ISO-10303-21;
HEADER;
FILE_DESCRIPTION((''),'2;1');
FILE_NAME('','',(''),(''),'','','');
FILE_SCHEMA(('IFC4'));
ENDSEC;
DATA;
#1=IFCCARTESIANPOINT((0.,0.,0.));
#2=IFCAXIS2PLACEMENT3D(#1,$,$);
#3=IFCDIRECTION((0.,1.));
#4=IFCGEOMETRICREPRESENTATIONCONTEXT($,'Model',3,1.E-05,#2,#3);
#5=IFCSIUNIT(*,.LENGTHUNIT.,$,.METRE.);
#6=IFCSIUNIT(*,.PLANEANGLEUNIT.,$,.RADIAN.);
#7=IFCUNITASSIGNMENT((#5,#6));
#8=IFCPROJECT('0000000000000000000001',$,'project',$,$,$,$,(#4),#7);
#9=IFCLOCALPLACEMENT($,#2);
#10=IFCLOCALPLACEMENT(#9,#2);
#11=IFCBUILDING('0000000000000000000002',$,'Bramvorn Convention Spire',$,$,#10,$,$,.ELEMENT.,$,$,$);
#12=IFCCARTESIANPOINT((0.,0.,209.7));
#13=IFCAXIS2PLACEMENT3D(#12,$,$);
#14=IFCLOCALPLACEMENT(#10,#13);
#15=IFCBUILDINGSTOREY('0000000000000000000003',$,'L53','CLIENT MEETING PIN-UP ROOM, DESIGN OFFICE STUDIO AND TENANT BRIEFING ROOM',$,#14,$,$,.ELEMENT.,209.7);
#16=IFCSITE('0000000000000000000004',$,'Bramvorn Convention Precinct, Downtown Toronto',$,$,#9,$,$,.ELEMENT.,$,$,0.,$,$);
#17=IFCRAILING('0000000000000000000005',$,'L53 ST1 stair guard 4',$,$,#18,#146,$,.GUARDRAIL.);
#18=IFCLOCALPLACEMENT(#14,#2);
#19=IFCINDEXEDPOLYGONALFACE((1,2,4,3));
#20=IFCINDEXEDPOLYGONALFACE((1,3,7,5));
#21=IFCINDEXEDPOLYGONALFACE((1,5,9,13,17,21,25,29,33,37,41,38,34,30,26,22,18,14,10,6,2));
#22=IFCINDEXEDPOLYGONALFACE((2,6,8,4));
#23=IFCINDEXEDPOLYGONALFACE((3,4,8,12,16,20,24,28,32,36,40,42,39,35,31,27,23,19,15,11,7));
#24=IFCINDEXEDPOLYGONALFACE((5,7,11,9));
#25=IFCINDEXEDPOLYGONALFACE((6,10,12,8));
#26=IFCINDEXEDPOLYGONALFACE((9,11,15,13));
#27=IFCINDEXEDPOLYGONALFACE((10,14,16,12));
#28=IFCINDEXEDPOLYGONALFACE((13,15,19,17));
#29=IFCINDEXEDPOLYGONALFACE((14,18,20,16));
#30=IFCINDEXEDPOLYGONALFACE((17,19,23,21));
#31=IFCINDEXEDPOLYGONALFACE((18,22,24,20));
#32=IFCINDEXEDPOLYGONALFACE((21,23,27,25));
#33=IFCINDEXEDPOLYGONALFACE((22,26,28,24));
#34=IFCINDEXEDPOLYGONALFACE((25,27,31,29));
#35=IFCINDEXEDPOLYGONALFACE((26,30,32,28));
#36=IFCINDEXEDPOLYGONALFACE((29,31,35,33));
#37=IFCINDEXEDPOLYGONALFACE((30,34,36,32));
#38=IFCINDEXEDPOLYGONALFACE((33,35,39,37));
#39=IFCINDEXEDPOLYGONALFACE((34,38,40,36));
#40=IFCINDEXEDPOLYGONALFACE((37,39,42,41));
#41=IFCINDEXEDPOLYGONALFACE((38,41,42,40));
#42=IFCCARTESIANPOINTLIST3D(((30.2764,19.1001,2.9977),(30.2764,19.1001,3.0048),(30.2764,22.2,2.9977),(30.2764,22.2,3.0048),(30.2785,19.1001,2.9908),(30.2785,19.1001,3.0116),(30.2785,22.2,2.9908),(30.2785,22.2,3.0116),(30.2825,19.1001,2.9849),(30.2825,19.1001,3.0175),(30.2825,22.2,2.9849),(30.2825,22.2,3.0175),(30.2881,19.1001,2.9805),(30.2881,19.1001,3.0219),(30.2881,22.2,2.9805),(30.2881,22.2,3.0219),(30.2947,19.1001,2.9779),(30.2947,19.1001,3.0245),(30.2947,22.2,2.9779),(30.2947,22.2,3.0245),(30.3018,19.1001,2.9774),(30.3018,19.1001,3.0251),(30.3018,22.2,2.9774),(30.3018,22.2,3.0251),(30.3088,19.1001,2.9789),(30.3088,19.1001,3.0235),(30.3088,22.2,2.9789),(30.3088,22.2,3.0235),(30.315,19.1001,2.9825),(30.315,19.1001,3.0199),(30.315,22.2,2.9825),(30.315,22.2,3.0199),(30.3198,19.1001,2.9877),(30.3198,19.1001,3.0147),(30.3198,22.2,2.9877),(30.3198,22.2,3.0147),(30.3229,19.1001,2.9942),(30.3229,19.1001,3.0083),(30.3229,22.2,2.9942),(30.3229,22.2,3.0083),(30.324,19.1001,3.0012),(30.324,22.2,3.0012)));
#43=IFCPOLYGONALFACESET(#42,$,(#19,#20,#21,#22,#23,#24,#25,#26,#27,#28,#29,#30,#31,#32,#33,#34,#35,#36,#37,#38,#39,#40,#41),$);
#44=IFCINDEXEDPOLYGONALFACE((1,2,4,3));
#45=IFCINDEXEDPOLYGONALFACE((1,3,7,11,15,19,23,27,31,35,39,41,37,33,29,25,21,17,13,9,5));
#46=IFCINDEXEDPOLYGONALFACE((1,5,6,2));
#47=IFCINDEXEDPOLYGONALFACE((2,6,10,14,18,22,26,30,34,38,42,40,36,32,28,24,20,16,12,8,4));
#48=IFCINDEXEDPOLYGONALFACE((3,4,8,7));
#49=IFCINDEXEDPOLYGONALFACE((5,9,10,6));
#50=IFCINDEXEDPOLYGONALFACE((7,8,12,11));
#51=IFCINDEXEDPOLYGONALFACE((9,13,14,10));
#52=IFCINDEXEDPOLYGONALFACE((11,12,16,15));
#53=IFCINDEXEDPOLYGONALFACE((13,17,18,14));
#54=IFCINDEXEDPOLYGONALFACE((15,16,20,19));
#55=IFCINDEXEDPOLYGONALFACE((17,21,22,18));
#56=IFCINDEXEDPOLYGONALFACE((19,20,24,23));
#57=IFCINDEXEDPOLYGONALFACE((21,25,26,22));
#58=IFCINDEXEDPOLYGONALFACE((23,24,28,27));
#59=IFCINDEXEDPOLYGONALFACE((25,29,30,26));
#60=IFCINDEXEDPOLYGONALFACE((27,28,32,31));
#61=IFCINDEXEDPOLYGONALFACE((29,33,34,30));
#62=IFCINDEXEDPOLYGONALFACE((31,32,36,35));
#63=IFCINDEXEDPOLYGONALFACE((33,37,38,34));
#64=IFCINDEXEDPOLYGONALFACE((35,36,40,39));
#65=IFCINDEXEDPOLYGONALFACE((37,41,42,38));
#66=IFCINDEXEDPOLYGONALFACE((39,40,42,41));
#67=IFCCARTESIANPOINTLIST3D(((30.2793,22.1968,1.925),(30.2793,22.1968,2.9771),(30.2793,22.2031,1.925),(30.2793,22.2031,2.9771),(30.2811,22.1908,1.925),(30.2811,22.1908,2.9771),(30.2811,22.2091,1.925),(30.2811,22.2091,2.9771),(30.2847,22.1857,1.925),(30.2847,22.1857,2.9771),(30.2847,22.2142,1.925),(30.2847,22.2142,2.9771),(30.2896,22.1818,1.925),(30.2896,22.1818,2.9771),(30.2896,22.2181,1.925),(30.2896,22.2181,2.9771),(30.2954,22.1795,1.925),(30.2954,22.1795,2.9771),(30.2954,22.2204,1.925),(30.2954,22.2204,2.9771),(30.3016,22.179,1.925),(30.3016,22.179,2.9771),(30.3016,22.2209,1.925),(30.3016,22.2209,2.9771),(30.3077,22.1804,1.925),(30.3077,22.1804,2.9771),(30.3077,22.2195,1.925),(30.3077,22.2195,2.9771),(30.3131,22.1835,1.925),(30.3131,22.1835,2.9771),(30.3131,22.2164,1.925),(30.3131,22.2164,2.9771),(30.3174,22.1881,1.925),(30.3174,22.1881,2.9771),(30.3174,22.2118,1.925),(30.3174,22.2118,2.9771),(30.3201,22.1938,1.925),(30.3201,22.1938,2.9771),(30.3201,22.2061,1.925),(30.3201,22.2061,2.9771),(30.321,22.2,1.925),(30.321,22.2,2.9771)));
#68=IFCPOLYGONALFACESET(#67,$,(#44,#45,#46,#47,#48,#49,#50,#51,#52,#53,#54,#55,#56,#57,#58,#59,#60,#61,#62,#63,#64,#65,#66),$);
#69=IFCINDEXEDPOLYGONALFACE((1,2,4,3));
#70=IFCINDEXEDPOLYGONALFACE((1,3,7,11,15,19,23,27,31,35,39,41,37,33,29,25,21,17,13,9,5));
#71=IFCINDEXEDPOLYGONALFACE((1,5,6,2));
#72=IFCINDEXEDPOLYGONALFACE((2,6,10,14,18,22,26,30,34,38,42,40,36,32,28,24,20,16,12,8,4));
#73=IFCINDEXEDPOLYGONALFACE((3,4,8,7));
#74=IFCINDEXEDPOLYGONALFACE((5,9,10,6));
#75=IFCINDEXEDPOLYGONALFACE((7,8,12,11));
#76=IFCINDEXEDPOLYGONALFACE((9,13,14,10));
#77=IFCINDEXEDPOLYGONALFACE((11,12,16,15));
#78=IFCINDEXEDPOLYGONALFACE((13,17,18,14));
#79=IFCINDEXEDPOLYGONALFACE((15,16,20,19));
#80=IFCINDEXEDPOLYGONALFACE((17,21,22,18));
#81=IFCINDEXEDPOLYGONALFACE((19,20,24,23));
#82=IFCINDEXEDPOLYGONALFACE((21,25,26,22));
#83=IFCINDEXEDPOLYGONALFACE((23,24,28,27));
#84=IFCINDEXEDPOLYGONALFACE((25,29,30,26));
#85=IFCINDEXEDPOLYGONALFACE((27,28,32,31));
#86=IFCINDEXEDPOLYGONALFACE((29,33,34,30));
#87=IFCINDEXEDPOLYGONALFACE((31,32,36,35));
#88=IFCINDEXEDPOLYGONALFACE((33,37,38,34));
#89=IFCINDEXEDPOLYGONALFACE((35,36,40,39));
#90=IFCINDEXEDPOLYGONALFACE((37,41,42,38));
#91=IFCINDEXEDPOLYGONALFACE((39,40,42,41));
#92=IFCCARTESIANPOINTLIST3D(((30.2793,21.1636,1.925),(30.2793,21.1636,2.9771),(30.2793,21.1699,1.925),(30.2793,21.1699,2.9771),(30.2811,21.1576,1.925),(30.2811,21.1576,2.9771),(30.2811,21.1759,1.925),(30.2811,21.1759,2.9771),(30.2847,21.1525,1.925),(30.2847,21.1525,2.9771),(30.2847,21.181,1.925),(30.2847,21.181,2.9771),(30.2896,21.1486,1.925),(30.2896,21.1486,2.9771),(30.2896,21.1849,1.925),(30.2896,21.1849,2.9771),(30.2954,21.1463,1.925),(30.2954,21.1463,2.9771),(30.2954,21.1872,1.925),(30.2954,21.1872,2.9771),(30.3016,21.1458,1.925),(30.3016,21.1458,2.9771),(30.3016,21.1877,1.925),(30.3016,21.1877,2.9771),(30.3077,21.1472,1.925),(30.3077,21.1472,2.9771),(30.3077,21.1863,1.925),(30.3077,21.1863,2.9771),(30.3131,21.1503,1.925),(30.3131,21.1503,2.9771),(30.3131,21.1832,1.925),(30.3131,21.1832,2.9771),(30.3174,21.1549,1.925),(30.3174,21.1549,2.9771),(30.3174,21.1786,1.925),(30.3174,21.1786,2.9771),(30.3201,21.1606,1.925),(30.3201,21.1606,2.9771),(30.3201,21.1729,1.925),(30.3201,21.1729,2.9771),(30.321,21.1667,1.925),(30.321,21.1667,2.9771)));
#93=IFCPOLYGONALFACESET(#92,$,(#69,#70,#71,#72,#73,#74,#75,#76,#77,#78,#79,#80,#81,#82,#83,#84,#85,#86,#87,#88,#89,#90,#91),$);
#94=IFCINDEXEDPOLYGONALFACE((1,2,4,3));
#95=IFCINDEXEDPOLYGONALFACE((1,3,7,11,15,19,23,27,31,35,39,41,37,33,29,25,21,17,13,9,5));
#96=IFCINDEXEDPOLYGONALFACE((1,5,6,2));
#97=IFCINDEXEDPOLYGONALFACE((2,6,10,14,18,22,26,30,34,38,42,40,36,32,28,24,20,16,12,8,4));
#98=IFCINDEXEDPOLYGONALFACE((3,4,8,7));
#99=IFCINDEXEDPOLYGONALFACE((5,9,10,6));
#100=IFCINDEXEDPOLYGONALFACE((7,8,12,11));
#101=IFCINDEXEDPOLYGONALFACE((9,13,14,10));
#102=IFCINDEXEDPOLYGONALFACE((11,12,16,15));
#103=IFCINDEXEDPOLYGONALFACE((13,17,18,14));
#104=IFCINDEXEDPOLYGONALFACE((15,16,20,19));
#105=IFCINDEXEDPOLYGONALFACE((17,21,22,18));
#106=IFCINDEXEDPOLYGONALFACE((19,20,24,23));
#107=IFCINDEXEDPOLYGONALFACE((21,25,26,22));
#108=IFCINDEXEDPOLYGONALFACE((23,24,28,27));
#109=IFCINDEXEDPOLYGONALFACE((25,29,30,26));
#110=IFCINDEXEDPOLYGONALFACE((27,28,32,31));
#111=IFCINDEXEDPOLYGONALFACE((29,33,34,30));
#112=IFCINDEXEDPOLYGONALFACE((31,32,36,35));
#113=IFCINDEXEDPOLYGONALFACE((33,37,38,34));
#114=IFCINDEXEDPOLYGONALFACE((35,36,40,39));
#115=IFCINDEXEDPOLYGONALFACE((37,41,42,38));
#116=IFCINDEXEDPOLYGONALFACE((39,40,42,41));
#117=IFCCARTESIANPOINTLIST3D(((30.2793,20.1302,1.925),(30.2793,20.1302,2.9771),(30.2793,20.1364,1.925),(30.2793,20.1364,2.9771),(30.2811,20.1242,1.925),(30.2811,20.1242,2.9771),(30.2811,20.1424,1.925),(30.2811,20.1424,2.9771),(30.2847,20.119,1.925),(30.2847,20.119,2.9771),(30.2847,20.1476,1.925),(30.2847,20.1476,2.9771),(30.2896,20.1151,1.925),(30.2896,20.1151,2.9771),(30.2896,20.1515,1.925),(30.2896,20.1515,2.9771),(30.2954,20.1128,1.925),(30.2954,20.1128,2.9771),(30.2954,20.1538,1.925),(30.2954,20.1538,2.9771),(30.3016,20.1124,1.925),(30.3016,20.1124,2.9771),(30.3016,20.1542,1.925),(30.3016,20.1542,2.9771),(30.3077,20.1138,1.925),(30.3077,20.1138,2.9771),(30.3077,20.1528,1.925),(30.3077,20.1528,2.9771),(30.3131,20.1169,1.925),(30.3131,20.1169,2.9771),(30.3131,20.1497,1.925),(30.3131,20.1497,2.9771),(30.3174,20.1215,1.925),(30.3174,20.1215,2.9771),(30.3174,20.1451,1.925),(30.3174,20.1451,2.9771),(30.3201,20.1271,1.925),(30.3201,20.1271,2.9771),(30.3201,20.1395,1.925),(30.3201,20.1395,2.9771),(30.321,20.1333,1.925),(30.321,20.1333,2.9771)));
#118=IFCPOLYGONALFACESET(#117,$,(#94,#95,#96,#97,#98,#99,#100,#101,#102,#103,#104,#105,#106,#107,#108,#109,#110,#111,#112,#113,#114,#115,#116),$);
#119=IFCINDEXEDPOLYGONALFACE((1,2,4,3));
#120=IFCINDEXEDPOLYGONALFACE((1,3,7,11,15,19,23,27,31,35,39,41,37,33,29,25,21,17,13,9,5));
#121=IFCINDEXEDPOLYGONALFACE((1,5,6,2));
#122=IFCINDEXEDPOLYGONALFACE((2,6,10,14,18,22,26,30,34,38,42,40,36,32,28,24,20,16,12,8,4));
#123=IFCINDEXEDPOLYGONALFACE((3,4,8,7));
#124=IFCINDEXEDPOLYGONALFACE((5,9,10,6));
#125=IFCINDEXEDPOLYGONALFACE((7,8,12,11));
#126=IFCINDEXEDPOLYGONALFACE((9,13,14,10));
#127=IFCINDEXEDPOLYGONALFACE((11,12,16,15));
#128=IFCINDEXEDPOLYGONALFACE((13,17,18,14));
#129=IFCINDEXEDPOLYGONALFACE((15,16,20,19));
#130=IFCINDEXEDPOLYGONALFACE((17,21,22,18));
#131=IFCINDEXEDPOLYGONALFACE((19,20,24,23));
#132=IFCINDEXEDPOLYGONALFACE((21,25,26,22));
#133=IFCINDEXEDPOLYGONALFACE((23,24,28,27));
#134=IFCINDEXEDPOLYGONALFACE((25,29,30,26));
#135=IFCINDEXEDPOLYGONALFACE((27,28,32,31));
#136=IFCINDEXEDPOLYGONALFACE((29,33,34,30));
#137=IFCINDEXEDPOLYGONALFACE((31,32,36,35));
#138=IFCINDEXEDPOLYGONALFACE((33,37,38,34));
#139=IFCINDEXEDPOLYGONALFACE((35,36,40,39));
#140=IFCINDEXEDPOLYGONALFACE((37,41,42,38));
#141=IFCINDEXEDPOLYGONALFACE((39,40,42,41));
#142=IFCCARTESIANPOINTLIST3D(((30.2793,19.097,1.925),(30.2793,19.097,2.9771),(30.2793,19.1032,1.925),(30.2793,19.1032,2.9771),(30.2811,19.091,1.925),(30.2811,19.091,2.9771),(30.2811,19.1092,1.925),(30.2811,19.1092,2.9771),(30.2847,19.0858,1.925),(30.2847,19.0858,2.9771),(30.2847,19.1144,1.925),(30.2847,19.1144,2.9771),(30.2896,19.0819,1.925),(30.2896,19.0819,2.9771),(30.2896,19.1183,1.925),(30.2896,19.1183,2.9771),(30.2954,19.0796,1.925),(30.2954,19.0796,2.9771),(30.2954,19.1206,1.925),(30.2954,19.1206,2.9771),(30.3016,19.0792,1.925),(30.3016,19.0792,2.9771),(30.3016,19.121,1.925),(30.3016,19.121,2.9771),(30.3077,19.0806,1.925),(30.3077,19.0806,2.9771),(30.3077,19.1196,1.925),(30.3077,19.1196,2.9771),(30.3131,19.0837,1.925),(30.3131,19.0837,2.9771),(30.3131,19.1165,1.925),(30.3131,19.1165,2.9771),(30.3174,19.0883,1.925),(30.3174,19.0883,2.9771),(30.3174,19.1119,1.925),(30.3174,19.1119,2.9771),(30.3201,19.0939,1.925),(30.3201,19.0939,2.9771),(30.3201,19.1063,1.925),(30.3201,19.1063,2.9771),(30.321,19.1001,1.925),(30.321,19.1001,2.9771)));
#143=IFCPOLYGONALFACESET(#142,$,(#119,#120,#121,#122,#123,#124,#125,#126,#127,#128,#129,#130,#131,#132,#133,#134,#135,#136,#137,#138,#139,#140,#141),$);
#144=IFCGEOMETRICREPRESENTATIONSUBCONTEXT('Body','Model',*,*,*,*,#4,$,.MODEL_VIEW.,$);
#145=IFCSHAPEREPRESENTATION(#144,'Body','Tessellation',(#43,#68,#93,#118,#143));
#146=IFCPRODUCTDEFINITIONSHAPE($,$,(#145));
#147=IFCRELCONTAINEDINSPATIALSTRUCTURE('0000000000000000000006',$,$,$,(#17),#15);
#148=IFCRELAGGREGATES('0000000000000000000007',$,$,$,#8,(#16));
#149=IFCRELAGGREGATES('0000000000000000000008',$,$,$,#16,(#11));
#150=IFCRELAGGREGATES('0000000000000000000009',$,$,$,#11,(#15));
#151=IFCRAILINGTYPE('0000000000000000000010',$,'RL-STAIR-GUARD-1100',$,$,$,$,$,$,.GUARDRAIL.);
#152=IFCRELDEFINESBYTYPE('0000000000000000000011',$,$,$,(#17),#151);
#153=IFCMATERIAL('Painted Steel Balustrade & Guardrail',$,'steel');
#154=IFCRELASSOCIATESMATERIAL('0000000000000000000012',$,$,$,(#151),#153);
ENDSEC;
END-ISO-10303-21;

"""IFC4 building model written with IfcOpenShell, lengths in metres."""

from ifc_helpers import new_model, si_unit, direction, frame, origin, origin_2d, place, context, subcontext, project, spatial, circle, extrude, material, type_object, element, save


model = new_model("IFC4")

# Units and contexts
model_context = context("Model", 3, precision=1e-05, world=origin(), true_north=direction((0.0, 1.0)))
body_context = subcontext(model_context, "Body", "Model", "MODEL_VIEW")
ifc_project = project(units=[si_unit("LENGTHUNIT", "METRE"), si_unit("PLANEANGLEUNIT", "RADIAN")], contexts=[model_context])

# Site, building, storey
site_placement = place(None, origin())
site = spatial("IfcSite", under=ifc_project, at=site_placement, Name="Bramvorn Convention Precinct, Downtown Toronto", CompositionType="ELEMENT", RefElevation=0.0)
building_placement = place(site_placement, origin())
building = spatial("IfcBuilding", under=site, at=building_placement, Name="Bramvorn Convention Spire", CompositionType="ELEMENT")
storey_placement = place(building_placement, frame((0.0, 0.0, 209.7)))
storey = spatial("IfcBuildingStorey", under=building, at=storey_placement, Name="L53", Description="CLIENT MEETING PIN-UP ROOM, DESIGN OFFICE STUDIO AND TENANT BRIEFING ROOM", CompositionType="ELEMENT", Elevation=209.7)

# Railing
ifc_material_1 = material(Name="Painted Steel Balustrade & Guardrail", Category="steel")
railing_type_1 = type_object("IfcRailingType", Name="RL-STAIR-GUARD-1100", PredefinedType="GUARDRAIL", material=ifc_material_1)
for number, where, name in (
    (1, (30.3, 22.2, 1.925), "L53 ST1 stair guard 4"),
):
    element("IfcRailing", number, at=place(storey_placement, frame(where)), inside=storey, type_object=railing_type_1, Name=name, PredefinedType="GUARDRAIL", context=body_context, shape_type="SweptSolid", body=[
        extrude(circle(Radius=0.0239, at=origin_2d()), frame((0.0, 0.0, 1.0762), z_axis=(0.0, -1.0, 0.0), x_axis=(1.0, 0.0, 0.0)), (0.0, 0.0, 1.0), 3.0999),
        extrude(circle(Radius=0.021, at=origin_2d()), origin(), (0.0, 0.0, 1.0), 1.052),
        extrude(circle(Radius=0.021, at=origin_2d()), frame((0.0, -1.0332, 0.0)), (0.0, 0.0, 1.0), 1.052),
        extrude(circle(Radius=0.021, at=origin_2d()), frame((0.0, -2.0667, 0.0)), (0.0, 0.0, 1.0), 1.052),
        extrude(circle(Radius=0.021, at=origin_2d()), frame((0.0, -3.0999, 0.0)), (0.0, 0.0, 1.0), 1.052),
    ])

save(model, "model.ifc")
